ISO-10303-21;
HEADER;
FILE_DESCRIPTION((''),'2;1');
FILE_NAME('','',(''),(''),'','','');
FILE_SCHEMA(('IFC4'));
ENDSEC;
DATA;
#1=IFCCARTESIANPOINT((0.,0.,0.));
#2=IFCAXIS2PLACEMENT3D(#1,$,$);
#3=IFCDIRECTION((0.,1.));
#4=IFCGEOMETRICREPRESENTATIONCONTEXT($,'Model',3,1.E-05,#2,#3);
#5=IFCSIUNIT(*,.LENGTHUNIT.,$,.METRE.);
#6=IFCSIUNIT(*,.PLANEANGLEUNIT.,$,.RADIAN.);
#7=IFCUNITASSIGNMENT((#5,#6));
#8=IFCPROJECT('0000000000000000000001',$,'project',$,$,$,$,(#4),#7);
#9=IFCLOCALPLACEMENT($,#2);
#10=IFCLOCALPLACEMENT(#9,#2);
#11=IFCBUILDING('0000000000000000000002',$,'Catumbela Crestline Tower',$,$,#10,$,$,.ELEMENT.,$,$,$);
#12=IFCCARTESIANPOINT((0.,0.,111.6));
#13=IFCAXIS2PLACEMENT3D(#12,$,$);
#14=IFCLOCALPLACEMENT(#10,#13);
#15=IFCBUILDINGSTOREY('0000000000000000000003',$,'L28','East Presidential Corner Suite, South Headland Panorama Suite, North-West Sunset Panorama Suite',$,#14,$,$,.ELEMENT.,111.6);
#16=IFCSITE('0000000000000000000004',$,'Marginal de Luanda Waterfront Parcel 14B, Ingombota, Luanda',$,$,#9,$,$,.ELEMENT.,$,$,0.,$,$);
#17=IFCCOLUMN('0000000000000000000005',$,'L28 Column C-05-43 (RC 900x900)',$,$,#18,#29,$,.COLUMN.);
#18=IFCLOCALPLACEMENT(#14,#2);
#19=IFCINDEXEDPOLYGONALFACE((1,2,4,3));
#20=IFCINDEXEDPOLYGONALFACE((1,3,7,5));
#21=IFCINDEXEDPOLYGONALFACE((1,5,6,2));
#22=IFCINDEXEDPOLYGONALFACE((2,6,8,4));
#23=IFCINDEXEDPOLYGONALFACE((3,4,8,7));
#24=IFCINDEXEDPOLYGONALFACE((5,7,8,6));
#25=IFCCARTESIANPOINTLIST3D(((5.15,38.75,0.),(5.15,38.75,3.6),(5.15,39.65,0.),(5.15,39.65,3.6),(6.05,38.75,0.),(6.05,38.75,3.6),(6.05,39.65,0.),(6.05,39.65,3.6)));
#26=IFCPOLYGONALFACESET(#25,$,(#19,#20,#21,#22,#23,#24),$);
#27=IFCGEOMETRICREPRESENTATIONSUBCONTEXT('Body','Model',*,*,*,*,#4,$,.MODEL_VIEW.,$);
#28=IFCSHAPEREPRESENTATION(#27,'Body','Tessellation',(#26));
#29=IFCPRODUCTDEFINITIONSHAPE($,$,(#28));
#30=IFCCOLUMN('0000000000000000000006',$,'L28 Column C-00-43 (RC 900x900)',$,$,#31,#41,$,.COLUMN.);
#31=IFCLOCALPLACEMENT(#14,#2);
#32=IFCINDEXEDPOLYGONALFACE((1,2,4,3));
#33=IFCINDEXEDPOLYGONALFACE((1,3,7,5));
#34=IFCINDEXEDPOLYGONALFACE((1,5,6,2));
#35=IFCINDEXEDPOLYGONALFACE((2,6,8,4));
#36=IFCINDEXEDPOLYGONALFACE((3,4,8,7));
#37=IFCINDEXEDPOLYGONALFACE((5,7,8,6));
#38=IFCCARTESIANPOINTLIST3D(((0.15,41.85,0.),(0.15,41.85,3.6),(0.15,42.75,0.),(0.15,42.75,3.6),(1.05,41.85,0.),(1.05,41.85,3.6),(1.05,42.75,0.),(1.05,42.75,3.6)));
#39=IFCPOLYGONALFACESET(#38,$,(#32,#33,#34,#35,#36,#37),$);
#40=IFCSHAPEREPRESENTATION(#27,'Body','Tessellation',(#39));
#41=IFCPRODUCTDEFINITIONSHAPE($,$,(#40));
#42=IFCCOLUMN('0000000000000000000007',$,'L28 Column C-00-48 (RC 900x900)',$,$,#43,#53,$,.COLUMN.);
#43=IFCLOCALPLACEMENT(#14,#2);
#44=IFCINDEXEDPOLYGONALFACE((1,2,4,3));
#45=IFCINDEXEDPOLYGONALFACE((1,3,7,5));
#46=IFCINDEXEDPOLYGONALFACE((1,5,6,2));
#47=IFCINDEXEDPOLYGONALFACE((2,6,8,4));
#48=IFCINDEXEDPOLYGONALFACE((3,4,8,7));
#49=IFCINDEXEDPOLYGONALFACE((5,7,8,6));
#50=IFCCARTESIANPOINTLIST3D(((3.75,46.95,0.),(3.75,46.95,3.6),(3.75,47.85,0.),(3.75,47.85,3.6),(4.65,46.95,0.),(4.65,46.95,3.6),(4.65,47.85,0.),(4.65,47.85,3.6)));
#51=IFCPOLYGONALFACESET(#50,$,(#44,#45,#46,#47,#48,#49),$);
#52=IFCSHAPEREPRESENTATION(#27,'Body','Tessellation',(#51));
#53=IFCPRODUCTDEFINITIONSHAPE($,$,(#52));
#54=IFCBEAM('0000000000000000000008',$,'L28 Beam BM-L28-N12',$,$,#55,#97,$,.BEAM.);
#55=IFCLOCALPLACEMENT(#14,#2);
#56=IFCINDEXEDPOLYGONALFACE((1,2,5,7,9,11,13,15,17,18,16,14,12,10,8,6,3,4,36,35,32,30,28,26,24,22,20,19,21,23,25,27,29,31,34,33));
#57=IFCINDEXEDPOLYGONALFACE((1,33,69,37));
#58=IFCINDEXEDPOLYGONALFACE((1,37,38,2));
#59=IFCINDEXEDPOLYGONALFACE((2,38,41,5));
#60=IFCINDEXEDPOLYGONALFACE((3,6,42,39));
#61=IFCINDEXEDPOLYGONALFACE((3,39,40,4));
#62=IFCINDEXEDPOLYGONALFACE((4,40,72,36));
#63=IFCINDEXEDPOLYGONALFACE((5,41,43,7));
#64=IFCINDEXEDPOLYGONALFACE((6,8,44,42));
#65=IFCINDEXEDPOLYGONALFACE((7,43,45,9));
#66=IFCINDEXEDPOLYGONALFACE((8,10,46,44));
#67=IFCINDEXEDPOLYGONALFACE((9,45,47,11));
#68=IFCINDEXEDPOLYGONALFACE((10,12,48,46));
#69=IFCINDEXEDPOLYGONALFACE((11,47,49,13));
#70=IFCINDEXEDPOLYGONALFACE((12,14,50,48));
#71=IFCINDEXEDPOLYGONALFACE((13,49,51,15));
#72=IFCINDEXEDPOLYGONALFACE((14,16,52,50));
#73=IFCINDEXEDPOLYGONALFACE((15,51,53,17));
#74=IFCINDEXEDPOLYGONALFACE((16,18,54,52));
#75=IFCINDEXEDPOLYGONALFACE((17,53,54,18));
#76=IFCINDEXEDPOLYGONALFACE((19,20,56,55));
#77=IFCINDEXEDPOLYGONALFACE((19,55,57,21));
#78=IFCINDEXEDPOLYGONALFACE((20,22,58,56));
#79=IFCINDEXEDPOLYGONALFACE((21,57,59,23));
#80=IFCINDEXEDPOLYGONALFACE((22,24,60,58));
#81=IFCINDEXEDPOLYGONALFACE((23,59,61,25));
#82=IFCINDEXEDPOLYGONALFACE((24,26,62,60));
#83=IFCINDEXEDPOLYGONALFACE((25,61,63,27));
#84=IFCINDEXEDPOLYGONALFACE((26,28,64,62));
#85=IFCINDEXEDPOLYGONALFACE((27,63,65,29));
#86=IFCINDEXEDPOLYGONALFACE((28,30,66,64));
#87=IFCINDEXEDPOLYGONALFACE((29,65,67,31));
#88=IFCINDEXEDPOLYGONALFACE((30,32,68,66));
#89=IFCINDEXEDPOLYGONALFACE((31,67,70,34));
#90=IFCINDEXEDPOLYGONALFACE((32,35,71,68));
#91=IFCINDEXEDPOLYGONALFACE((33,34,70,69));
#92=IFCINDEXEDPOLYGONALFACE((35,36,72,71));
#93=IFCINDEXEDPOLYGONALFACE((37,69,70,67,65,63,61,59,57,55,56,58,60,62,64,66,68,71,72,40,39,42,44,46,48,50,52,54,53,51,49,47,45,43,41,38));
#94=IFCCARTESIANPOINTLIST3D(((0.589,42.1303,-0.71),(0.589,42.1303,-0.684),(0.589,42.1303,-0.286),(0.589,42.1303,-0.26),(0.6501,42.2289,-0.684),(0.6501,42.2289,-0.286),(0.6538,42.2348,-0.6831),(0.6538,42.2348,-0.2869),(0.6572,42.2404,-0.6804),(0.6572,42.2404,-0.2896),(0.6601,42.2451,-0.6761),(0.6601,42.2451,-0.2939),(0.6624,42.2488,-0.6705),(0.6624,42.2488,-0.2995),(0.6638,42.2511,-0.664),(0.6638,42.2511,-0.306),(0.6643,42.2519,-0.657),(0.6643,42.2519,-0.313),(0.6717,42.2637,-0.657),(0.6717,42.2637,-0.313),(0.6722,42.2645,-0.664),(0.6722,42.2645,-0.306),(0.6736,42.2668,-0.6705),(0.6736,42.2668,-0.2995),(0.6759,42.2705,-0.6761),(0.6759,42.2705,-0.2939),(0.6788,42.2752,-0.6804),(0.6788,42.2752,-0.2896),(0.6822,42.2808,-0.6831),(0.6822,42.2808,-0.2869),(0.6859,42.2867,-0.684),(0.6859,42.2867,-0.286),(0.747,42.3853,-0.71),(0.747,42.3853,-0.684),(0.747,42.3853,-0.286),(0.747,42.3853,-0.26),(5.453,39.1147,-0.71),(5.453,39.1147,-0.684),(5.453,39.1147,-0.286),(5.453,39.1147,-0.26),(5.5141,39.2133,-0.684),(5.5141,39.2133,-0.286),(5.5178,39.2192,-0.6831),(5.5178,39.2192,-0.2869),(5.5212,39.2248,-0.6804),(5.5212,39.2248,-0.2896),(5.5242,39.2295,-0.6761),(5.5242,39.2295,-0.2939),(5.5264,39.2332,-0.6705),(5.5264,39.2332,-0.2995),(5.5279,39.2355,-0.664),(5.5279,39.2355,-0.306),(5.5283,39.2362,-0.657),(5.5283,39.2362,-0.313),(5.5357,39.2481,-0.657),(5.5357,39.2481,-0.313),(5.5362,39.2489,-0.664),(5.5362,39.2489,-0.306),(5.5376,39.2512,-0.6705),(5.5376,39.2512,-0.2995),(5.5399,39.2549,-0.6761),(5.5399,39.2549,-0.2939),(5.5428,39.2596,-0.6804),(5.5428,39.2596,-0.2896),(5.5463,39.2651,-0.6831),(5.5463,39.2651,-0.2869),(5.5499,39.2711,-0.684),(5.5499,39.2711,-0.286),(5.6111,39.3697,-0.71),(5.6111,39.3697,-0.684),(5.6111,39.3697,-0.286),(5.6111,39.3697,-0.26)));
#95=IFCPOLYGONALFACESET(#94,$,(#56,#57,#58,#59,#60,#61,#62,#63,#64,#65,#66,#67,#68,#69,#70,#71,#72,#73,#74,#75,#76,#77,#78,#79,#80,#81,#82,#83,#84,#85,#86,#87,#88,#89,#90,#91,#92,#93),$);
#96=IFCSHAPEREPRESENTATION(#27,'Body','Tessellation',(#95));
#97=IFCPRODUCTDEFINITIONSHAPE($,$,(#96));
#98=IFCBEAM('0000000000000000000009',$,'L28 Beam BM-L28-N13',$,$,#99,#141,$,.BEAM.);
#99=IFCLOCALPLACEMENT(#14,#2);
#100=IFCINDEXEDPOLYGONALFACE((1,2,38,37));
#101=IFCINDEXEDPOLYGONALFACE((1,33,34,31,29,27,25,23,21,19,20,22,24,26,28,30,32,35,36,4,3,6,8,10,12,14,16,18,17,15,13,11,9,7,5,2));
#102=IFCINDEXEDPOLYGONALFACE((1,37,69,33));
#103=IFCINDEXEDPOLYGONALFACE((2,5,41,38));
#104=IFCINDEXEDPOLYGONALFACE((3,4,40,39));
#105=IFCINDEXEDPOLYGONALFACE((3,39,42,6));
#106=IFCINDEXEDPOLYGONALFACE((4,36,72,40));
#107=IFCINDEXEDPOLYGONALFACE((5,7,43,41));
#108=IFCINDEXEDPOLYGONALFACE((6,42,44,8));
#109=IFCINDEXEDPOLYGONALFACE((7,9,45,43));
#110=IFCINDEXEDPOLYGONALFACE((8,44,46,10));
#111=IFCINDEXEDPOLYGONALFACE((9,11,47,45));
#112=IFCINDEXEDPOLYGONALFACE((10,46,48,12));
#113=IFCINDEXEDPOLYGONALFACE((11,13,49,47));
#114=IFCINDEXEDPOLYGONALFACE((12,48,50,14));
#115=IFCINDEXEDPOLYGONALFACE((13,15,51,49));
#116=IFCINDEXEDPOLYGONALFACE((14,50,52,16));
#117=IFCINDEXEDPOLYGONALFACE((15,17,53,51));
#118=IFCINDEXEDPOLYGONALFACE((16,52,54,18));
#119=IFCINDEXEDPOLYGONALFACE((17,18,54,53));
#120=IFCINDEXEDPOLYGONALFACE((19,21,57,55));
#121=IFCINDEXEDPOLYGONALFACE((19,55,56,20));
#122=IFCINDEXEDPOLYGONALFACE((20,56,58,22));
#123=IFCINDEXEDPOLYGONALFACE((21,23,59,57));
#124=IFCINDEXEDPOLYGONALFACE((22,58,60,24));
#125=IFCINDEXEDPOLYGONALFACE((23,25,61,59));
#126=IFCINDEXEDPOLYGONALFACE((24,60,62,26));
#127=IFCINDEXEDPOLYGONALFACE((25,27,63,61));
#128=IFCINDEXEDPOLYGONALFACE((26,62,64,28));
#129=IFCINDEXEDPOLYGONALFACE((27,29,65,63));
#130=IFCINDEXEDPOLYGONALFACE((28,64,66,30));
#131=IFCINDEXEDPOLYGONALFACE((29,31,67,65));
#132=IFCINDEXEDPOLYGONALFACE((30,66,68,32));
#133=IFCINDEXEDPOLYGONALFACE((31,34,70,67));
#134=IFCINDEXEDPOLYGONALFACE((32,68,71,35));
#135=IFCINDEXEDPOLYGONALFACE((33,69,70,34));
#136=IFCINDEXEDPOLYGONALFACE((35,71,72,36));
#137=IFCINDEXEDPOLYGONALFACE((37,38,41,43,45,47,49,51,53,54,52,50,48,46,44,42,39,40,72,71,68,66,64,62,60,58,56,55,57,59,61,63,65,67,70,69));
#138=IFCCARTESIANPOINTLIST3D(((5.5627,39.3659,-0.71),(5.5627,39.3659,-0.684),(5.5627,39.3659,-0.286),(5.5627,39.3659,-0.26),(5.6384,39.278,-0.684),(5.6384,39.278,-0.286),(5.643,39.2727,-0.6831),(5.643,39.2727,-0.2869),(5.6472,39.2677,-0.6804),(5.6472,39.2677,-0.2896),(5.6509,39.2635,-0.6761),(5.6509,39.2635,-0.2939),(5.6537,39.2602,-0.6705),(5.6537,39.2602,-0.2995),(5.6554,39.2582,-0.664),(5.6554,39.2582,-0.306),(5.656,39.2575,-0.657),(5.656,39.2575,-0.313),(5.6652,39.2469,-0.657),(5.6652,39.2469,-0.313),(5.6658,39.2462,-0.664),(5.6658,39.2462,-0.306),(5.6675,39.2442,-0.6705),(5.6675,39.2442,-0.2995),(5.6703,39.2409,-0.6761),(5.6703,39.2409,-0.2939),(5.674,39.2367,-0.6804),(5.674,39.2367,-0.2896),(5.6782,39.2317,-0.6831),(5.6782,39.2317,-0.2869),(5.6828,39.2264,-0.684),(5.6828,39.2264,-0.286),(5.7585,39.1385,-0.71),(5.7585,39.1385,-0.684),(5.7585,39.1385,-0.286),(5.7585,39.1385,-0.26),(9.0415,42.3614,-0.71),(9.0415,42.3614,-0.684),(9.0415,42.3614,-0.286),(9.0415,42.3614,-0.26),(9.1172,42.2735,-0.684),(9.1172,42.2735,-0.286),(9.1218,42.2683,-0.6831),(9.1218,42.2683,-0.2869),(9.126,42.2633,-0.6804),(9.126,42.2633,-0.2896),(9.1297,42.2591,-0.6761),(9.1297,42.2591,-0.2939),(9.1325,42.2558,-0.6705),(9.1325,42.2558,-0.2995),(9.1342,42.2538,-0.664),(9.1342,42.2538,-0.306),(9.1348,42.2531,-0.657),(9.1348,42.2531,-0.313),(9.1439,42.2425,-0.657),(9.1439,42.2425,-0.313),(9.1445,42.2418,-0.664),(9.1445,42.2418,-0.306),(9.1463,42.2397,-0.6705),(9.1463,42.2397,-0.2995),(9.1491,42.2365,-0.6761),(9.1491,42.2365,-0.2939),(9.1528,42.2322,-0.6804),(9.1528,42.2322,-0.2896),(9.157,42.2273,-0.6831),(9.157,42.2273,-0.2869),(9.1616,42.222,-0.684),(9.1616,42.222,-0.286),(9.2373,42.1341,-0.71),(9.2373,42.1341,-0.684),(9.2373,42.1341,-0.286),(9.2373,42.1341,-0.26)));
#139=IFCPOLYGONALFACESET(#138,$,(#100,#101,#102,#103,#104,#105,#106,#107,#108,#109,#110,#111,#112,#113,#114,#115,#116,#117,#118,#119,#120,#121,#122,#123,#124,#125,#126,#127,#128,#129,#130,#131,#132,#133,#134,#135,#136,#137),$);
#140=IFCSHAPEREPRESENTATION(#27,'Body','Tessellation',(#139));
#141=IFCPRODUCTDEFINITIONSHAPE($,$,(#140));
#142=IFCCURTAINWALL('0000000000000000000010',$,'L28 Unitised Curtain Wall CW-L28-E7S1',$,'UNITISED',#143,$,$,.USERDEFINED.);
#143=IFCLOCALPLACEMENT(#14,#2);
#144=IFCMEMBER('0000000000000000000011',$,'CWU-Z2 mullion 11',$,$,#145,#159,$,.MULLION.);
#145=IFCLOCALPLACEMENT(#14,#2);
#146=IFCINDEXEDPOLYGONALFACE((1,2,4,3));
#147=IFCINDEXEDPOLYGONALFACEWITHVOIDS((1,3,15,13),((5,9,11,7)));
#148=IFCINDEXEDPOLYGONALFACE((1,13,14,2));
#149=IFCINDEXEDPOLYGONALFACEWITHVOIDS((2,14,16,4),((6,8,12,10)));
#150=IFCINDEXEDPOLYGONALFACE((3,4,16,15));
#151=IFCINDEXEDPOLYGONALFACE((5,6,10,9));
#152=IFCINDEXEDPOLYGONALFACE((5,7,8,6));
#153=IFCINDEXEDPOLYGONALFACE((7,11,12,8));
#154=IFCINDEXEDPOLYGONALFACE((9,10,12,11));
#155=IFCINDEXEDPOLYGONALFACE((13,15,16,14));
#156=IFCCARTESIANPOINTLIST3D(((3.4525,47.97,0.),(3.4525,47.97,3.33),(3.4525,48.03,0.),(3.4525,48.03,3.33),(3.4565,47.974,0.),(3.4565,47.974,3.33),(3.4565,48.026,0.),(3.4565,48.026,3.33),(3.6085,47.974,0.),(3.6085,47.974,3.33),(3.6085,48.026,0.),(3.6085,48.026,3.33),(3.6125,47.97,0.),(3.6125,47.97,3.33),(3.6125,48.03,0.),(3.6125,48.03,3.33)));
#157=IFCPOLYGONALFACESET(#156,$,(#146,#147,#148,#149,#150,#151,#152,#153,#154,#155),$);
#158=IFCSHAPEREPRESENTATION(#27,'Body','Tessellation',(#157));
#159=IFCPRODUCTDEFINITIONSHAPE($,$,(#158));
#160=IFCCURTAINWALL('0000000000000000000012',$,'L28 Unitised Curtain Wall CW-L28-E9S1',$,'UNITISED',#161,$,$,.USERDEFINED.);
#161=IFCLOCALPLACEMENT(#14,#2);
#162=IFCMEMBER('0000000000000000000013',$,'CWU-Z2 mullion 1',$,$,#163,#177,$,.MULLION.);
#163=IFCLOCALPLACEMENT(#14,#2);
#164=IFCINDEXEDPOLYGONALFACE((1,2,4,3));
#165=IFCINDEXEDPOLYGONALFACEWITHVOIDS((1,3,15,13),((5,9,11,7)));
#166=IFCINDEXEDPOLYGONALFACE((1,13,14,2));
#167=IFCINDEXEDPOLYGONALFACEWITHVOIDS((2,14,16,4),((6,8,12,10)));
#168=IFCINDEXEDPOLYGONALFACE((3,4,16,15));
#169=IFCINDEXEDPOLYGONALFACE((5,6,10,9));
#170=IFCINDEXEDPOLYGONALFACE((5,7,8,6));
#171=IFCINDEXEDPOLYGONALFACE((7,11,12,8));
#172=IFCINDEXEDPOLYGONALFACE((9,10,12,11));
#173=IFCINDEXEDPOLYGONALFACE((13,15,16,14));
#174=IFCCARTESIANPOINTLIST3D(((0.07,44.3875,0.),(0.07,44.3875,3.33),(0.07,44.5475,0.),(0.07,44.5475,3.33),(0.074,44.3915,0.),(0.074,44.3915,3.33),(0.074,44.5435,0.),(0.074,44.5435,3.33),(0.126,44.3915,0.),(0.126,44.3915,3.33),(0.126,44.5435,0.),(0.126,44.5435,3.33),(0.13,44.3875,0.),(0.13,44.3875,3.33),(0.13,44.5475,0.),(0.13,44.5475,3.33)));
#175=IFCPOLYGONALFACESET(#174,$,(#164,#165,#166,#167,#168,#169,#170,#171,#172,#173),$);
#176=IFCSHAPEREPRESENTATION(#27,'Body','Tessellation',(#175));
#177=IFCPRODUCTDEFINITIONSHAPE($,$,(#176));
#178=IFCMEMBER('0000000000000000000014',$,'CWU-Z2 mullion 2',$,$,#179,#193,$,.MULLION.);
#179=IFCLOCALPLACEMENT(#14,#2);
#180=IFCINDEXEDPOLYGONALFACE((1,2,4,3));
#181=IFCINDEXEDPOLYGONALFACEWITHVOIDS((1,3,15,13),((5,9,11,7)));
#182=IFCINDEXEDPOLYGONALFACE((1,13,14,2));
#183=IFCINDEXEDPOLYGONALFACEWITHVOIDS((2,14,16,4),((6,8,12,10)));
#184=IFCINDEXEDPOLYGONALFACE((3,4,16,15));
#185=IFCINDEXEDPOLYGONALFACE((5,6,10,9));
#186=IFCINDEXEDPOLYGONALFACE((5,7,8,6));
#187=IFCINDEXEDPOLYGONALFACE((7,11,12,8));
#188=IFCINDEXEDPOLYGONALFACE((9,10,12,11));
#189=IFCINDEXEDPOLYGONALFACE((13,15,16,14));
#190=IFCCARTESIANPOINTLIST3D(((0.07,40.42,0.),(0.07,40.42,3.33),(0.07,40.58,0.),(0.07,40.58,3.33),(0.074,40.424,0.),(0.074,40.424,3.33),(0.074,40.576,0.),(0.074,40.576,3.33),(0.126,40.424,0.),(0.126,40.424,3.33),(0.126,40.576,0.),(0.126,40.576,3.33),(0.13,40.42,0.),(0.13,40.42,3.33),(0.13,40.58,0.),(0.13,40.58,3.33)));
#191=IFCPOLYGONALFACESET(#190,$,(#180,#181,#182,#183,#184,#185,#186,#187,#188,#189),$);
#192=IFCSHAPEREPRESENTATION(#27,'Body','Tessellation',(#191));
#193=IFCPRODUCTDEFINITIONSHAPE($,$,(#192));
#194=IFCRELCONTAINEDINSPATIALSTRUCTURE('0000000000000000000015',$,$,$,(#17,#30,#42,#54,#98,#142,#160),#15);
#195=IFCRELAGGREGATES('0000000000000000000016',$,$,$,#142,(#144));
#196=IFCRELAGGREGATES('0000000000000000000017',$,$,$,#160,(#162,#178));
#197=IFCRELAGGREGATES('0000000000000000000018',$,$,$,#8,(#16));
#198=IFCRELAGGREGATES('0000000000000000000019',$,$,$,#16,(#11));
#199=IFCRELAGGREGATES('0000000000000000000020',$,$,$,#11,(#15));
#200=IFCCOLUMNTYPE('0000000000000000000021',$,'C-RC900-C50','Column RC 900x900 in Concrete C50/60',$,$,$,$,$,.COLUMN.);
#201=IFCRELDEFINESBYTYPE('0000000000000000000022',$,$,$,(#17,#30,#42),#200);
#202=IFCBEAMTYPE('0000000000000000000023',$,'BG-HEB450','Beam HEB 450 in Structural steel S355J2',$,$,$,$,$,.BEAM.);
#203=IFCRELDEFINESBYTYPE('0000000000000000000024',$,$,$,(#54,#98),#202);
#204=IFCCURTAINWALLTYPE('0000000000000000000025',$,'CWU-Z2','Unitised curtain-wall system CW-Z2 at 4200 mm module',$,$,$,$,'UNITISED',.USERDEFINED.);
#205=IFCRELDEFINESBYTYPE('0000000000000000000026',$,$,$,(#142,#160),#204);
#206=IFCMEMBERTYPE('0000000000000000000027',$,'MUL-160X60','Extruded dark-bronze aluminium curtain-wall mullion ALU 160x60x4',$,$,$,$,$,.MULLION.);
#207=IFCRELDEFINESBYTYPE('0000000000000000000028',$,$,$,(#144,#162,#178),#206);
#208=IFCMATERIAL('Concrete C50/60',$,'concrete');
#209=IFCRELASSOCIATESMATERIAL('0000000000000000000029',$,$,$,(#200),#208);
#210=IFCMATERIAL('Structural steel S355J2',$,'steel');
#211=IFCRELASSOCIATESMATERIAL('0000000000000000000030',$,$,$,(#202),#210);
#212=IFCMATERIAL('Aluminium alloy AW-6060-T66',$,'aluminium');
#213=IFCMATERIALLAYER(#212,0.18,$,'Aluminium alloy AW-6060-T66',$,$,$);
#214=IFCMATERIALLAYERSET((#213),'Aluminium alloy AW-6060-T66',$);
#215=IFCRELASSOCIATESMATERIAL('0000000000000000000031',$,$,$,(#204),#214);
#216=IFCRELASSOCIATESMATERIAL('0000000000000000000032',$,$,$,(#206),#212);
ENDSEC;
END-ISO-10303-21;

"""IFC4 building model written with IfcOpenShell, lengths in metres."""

from ifc_helpers import new_model, si_unit, direction, frame, origin, origin_2d, place, context, subcontext, project, spatial, rectangle, hollow_rectangle, i_section, extrude, material, layer, layer_set, material_profile, profile_set, type_object, element, aggregate, save


model = new_model("IFC4")

# Units and contexts
model_context = context("Model", 3, precision=1e-05, world=origin(), true_north=direction((0.0, 1.0)))
body_context = subcontext(model_context, "Body", "Model", "MODEL_VIEW")
ifc_project = project(units=[si_unit("LENGTHUNIT", "METRE"), si_unit("PLANEANGLEUNIT", "RADIAN")], contexts=[model_context])

# Site, building, storey
site_placement = place(None, origin())
site = spatial("IfcSite", under=ifc_project, at=site_placement, Name="Marginal de Luanda Waterfront Parcel 14B, Ingombota, Luanda", CompositionType="ELEMENT", RefElevation=0.0)
building_placement = place(site_placement, origin())
building = spatial("IfcBuilding", under=site, at=building_placement, Name="Catumbela Crestline Tower", CompositionType="ELEMENT")
storey_placement = place(building_placement, frame((0.0, 0.0, 111.6)))
storey = spatial("IfcBuildingStorey", under=building, at=storey_placement, Name="L28", Description="East Presidential Corner Suite, South Headland Panorama Suite, North-West Sunset Panorama Suite", CompositionType="ELEMENT", Elevation=111.6)

# Columns
ifc_material_1 = material(Name="Concrete C50/60", Category="concrete")
ifc_material_profile_1 = material_profile(ifc_material_1, rectangle(XDim=0.9, YDim=0.9, at=origin_2d()), Name="RC 900x900")
ifc_profile_set_1 = profile_set([ifc_material_profile_1], Name="Concrete C50/60")
column_type = type_object("IfcColumnType", Name="C-RC900-C50", Description="Column RC 900x900 in Concrete C50/60", PredefinedType="COLUMN", material=ifc_profile_set_1)
for number, where, z_axis, x_axis, name in (
    (1, (5.6, 39.2, 0.0), (0.0, 0.0, 1.0), (1.0, 0.0, 0.0), "L28 Column C-05-43 (RC 900x900)"),
    (2, (0.6, 42.3, 0.0), (0.0, 0.0, 1.0), (1.0, 0.0, 0.0), "L28 Column C-00-43 (RC 900x900)"),
    (3, (4.2, 47.4, 0.0), (0.0, 0.0, 1.0), (1.0, 0.0, 0.0), "L28 Column C-00-48 (RC 900x900)"),
):
    element("IfcColumn", number, at=place(storey_placement, frame(where, z_axis=z_axis, x_axis=x_axis)), inside=storey, type_object=column_type, Name=name, PredefinedType="COLUMN", context=body_context, shape_type="SweptSolid", body=[
        extrude(rectangle(XDim=0.9, YDim=0.9, at=origin_2d()), origin(), (0.0, 0.0, 1.0), 3.6),
    ])

# Beams
ifc_material_2 = material(Name="Structural steel S355J2", Category="steel")
ifc_material_profile_2 = material_profile(ifc_material_2, i_section(OverallWidth=0.3, OverallDepth=0.45, WebThickness=0.014, FlangeThickness=0.026, FilletRadius=0.027, at=origin_2d()), Name="HEB 450")
ifc_profile_set_2 = profile_set([ifc_material_profile_2], Name="Structural steel S355J2")
beam_type_1 = type_object("IfcBeamType", Name="BG-HEB450", Description="Beam HEB 450 in Structural steel S355J2", PredefinedType="BEAM", material=ifc_profile_set_2)
beam_1_placement = place(storey_placement, frame((0.668, 42.2578, -0.485), z_axis=(0.849909, -0.52693, 0.0), x_axis=(0.52693, 0.849909, 0.0)))
element("IfcBeam", 4, at=beam_1_placement, inside=storey, type_object=beam_type_1, Name="L28 Beam BM-L28-N12", PredefinedType="BEAM", context=body_context, shape_type="SweptSolid", body=[
    extrude(i_section(OverallWidth=0.3, OverallDepth=0.45, WebThickness=0.014, FlangeThickness=0.026, FilletRadius=0.027, at=origin_2d()), origin(), (0.0, 0.0, 1.0), 5.723),
])
beam_2_placement = place(storey_placement, frame((5.6606, 39.2522, -0.485), z_axis=(0.757772, 0.652519, 0.0), x_axis=(-0.652519, 0.757772, 0.0)))
element("IfcBeam", 5, at=beam_2_placement, inside=storey, type_object=beam_type_1, Name="L28 Beam BM-L28-N13", PredefinedType="BEAM", context=body_context, shape_type="SweptSolid", body=[
    extrude(i_section(OverallWidth=0.3, OverallDepth=0.45, WebThickness=0.014, FlangeThickness=0.026, FilletRadius=0.027, at=origin_2d()), origin(), (0.0, 0.0, 1.0), 4.5908),
])

# Curtain wall, member
ifc_material_3 = material(Name="Aluminium alloy AW-6060-T66", Category="aluminium")
ifc_layer_1 = layer(ifc_material_3, 0.18, Name="Aluminium alloy AW-6060-T66")
ifc_layer_set_1 = layer_set([ifc_layer_1], Name="Aluminium alloy AW-6060-T66")
curtain_wall_type = type_object("IfcCurtainWallType", Name="CWU-Z2", Description="Unitised curtain-wall system CW-Z2 at 4200 mm module", ElementType="UNITISED", PredefinedType="USERDEFINED", material=ifc_layer_set_1)
curtain_wall_1_placement = place(storey_placement, origin())
curtain_wall_1 = element("IfcCurtainWall", 6, at=curtain_wall_1_placement, inside=storey, type_object=curtain_wall_type, Name="L28 Unitised Curtain Wall CW-L28-E7S1", ObjectType="UNITISED", PredefinedType="USERDEFINED")
ifc_material_profile_3 = material_profile(ifc_material_3, hollow_rectangle(XDim=0.06, YDim=0.16, WallThickness=0.004, at=origin_2d()), Name="ALU 160x60x4")
ifc_profile_set_3 = profile_set([ifc_material_profile_3], Name="Aluminium alloy AW-6060-T66")
member_type_1 = type_object("IfcMemberType", Name="MUL-160X60", Description="Extruded dark-bronze aluminium curtain-wall mullion ALU 160x60x4", PredefinedType="MULLION", material=ifc_profile_set_3)
member_1_placement = place(storey_placement, frame((3.5325, 48.0, 0.0), z_axis=(0.0, 0.0, 1.0), x_axis=(0.0, -1.0, 0.0)))
member_1 = element("IfcMember", 7, at=member_1_placement, type_object=member_type_1, Name="CWU-Z2 mullion 11", PredefinedType="MULLION", context=body_context, shape_type="SweptSolid", body=[
    extrude(hollow_rectangle(XDim=0.06, YDim=0.16, WallThickness=0.004, at=origin_2d()), origin(), (0.0, 0.0, 1.0), 3.33),
])

# Curtain wall, members
curtain_wall_2_placement = place(storey_placement, origin())
curtain_wall_2 = element("IfcCurtainWall", 8, at=curtain_wall_2_placement, inside=storey, type_object=curtain_wall_type, Name="L28 Unitised Curtain Wall CW-L28-E9S1", ObjectType="UNITISED", PredefinedType="USERDEFINED")
member_2_placement = place(storey_placement, frame((0.1, 44.4675, 0.0), z_axis=(0.0, 0.0, 1.0), x_axis=(1.0, 0.0, 0.0)))
member_2 = element("IfcMember", 9, at=member_2_placement, type_object=member_type_1, Name="CWU-Z2 mullion 1", PredefinedType="MULLION", context=body_context, shape_type="SweptSolid", body=[
    extrude(hollow_rectangle(XDim=0.06, YDim=0.16, WallThickness=0.004, at=origin_2d()), origin(), (0.0, 0.0, 1.0), 3.33),
])
member_3_placement = place(storey_placement, frame((0.1, 40.5, 0.0), z_axis=(0.0, 0.0, 1.0), x_axis=(1.0, 0.0, 0.0)))
member_3 = element("IfcMember", 10, at=member_3_placement, type_object=member_type_1, Name="CWU-Z2 mullion 2", PredefinedType="MULLION", context=body_context, shape_type="SweptSolid", body=[
    extrude(hollow_rectangle(XDim=0.06, YDim=0.16, WallThickness=0.004, at=origin_2d()), origin(), (0.0, 0.0, 1.0), 3.33),
])

aggregate(curtain_wall_1, [member_1])
aggregate(curtain_wall_2, [member_2, member_3])

save(model, "model.ifc")
